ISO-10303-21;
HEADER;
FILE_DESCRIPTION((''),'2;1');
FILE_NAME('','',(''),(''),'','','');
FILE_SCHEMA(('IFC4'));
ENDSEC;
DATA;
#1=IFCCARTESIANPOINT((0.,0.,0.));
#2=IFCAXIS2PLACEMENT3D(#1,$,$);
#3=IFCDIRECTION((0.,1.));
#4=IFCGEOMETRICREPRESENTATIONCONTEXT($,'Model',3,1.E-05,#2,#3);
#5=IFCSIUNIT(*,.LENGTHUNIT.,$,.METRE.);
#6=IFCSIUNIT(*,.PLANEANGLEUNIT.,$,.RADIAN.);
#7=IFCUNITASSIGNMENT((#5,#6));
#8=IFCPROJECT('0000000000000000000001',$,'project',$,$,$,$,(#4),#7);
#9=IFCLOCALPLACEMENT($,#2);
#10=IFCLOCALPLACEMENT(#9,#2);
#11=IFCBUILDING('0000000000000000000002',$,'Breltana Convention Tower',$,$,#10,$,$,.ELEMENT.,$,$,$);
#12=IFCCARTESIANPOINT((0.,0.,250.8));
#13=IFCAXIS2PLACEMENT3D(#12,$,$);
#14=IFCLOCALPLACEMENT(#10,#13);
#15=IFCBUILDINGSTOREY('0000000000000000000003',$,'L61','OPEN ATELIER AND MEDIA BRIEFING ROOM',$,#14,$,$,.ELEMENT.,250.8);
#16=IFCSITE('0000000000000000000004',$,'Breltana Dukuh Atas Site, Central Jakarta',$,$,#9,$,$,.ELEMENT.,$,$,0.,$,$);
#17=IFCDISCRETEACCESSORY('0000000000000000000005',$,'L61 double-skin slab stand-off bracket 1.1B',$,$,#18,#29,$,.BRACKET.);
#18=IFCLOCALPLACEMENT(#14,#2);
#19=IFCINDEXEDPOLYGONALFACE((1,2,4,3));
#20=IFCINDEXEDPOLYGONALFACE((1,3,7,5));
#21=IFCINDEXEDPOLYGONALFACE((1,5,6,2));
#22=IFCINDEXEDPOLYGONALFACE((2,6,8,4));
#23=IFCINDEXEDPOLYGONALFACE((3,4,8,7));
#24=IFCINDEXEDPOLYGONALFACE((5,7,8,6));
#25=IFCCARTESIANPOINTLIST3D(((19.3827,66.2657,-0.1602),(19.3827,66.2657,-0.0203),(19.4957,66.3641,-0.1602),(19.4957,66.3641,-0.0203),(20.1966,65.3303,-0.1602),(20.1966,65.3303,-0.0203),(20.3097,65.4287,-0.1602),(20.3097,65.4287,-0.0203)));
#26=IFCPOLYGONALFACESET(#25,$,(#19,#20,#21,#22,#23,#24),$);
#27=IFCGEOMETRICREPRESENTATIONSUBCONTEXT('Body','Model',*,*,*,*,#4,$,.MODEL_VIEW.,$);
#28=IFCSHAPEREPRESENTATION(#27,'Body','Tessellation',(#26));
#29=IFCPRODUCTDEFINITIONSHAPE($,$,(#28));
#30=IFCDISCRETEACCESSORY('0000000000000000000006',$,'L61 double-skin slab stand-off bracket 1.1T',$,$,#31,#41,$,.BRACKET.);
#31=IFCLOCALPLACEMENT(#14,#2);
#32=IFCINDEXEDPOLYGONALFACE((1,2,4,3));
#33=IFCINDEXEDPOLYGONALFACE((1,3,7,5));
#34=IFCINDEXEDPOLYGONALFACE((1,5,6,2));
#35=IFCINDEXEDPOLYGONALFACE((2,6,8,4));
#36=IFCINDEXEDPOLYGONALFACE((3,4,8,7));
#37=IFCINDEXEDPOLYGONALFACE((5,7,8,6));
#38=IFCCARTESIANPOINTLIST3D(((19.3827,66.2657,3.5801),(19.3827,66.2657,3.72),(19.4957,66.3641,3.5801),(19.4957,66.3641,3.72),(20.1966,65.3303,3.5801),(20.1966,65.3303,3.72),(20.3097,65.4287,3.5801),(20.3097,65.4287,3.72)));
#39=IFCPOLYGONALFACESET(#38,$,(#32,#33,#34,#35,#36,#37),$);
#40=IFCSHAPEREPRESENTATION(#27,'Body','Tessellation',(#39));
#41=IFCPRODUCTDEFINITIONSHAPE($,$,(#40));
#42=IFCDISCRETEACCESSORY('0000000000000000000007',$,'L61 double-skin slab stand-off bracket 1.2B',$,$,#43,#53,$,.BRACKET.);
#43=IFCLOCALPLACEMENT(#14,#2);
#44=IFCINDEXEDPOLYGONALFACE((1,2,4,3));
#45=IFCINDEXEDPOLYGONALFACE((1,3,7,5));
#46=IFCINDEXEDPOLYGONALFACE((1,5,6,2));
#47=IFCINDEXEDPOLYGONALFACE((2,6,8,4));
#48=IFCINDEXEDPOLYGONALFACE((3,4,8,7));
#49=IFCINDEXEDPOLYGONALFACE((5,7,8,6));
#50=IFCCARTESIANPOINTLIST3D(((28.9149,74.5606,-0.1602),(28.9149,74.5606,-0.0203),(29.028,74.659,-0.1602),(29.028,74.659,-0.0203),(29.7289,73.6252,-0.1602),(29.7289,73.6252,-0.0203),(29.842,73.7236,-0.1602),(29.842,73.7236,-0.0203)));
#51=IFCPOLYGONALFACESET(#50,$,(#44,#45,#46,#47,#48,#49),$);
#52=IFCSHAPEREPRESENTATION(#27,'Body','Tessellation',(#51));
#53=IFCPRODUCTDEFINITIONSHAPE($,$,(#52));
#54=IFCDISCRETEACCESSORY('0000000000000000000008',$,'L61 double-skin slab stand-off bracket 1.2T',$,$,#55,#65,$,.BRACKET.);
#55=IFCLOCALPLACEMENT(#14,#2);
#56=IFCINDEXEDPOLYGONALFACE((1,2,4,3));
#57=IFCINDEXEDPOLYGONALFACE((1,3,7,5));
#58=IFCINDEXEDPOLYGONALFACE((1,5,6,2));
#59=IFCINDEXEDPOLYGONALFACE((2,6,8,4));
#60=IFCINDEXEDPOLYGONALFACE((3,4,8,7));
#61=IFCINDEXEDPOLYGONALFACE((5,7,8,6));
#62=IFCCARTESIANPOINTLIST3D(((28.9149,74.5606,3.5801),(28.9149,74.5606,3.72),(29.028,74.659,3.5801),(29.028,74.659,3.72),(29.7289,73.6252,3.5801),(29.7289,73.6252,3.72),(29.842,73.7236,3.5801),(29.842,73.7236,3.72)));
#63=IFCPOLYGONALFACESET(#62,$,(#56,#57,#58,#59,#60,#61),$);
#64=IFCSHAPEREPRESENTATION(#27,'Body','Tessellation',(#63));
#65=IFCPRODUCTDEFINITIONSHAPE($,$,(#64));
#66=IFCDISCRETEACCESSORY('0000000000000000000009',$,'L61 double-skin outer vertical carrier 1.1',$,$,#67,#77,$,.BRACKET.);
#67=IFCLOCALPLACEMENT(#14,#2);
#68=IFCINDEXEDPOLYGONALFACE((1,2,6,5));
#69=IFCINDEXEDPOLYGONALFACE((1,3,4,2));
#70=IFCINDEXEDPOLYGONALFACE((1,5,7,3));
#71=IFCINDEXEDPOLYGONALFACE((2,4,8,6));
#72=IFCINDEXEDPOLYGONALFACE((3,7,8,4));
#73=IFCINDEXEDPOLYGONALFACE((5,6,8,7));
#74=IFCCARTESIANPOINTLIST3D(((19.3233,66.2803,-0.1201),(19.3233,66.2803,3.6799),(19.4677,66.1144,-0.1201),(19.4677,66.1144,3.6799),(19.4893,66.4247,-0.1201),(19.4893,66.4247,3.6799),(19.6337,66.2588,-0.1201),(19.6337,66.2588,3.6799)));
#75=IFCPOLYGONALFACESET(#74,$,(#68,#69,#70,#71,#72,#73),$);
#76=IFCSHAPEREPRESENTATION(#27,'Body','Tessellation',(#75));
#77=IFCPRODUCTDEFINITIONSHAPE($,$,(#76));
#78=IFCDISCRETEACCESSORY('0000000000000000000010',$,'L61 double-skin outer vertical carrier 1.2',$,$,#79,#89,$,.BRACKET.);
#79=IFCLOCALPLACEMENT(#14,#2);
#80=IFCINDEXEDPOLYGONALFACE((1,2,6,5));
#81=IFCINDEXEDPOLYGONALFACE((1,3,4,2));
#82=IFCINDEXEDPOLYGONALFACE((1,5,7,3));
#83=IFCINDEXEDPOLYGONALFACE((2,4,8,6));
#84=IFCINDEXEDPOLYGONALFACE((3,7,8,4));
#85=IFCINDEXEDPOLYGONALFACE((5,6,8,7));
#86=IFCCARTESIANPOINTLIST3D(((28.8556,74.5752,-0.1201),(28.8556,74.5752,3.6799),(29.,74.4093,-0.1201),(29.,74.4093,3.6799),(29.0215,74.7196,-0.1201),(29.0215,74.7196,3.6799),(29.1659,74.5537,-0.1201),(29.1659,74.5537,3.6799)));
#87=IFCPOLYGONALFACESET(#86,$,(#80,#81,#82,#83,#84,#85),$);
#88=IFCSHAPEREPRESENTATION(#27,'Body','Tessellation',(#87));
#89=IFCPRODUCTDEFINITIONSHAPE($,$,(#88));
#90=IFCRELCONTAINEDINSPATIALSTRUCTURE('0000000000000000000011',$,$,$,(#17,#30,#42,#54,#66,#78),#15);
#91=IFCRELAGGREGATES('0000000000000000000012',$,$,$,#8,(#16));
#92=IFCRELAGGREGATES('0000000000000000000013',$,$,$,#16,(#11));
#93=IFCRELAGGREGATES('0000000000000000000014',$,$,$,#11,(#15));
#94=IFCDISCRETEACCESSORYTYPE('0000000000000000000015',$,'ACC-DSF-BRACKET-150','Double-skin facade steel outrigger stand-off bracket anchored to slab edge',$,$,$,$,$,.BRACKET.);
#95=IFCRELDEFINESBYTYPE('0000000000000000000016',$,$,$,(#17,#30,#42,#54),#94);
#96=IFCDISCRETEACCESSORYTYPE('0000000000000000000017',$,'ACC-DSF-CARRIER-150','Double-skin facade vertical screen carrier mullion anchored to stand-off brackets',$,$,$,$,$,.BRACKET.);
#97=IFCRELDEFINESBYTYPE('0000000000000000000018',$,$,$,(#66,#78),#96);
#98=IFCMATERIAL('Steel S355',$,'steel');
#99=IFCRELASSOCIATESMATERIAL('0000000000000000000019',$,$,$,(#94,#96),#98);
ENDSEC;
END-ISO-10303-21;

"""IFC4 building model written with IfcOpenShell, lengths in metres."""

from ifc_helpers import new_model, si_unit, direction, frame, origin, origin_2d, place, context, subcontext, project, spatial, rectangle, extrude, source, transform, mapped, material, type_object, type_shapes, element, save


model = new_model("IFC4")

# Units and contexts
model_context = context("Model", 3, precision=1e-05, world=origin(), true_north=direction((0.0, 1.0)))
body_context = subcontext(model_context, "Body", "Model", "MODEL_VIEW")
ifc_project = project(units=[si_unit("LENGTHUNIT", "METRE"), si_unit("PLANEANGLEUNIT", "RADIAN")], contexts=[model_context])

# Site, building, storey
site_placement = place(None, origin())
site = spatial("IfcSite", under=ifc_project, at=site_placement, Name="Breltana Dukuh Atas Site, Central Jakarta", CompositionType="ELEMENT", RefElevation=0.0)
building_placement = place(site_placement, origin())
building = spatial("IfcBuilding", under=site, at=building_placement, Name="Breltana Convention Tower", CompositionType="ELEMENT")
storey_placement = place(building_placement, frame((0.0, 0.0, 250.8)))
storey = spatial("IfcBuildingStorey", under=building, at=storey_placement, Name="L61", Description="OPEN ATELIER AND MEDIA BRIEFING ROOM", CompositionType="ELEMENT", Elevation=250.8)

# Discrete accessories
ifc_material_1 = material(Name="Steel S355", Category="steel")
discrete_accessory_type_1 = type_object("IfcDiscreteAccessoryType", Name="ACC-DSF-BRACKET-150", Description="Double-skin facade steel outrigger stand-off bracket anchored to slab edge", PredefinedType="BRACKET", material=ifc_material_1)
shared_shape_1 = source(origin(), body_context, "Body", "SweptSolid", [
    extrude(rectangle(XDim=1.24, YDim=0.1499, at=origin_2d()), origin(), (0.0, 0.0, 1.0), 0.1399),
])
type_shapes(discrete_accessory_type_1, [shared_shape_1])
for number, where, z_axis, x_axis, name in (
    (1, (19.8462, 65.8472, -0.1602), (0.0, 0.0, 1.0), (-0.65645, 0.754369, 0.0), "L61 double-skin slab stand-off bracket 1.1B"),
    (2, (19.8462, 65.8472, 3.5801), (0.0, 0.0, 1.0), (-0.65645, 0.754369, 0.0), "L61 double-skin slab stand-off bracket 1.1T"),
    (3, (29.3784, 74.1421, -0.1602), (0.0, 0.0, 1.0), (-0.65645, 0.754369, 0.0), "L61 double-skin slab stand-off bracket 1.2B"),
    (4, (29.3784, 74.1421, 3.5801), (0.0, 0.0, 1.0), (-0.65645, 0.754369, 0.0), "L61 double-skin slab stand-off bracket 1.2T"),
):
    element("IfcDiscreteAccessory", number, at=place(storey_placement, frame(where, z_axis=z_axis, x_axis=x_axis)), inside=storey, type_object=discrete_accessory_type_1, Name=name, PredefinedType="BRACKET", context=body_context, shape_type="MappedRepresentation", body=[
        mapped(shared_shape_1, transform((0.0, 0.0, 0.0), scale=1.0)),
    ])
discrete_accessory_type_2 = type_object("IfcDiscreteAccessoryType", Name="ACC-DSF-CARRIER-150", Description="Double-skin facade vertical screen carrier mullion anchored to stand-off brackets", PredefinedType="BRACKET", material=ifc_material_1)
shared_shape_2 = source(origin(), body_context, "Body", "SweptSolid", [
    extrude(rectangle(XDim=0.22, YDim=0.22, at=origin_2d()), origin(), (0.0, 0.0, 1.0), 3.8),
])
for number, where, z_axis, x_axis, name in (
    (5, (19.4785, 66.2695, -0.1201), (0.0, 0.0, 1.0), (-0.65645, 0.754369, 0.0), "L61 double-skin outer vertical carrier 1.1"),
    (6, (29.0107, 74.5645, -0.1201), (0.0, 0.0, 1.0), (-0.65645, 0.754369, 0.0), "L61 double-skin outer vertical carrier 1.2"),
):
    element("IfcDiscreteAccessory", number, at=place(storey_placement, frame(where, z_axis=z_axis, x_axis=x_axis)), inside=storey, type_object=discrete_accessory_type_2, Name=name, PredefinedType="BRACKET", context=body_context, shape_type="MappedRepresentation", body=[
        mapped(shared_shape_2, transform((0.0, 0.0, 0.0), scale=1.0)),
    ])

save(model, "model.ifc")
